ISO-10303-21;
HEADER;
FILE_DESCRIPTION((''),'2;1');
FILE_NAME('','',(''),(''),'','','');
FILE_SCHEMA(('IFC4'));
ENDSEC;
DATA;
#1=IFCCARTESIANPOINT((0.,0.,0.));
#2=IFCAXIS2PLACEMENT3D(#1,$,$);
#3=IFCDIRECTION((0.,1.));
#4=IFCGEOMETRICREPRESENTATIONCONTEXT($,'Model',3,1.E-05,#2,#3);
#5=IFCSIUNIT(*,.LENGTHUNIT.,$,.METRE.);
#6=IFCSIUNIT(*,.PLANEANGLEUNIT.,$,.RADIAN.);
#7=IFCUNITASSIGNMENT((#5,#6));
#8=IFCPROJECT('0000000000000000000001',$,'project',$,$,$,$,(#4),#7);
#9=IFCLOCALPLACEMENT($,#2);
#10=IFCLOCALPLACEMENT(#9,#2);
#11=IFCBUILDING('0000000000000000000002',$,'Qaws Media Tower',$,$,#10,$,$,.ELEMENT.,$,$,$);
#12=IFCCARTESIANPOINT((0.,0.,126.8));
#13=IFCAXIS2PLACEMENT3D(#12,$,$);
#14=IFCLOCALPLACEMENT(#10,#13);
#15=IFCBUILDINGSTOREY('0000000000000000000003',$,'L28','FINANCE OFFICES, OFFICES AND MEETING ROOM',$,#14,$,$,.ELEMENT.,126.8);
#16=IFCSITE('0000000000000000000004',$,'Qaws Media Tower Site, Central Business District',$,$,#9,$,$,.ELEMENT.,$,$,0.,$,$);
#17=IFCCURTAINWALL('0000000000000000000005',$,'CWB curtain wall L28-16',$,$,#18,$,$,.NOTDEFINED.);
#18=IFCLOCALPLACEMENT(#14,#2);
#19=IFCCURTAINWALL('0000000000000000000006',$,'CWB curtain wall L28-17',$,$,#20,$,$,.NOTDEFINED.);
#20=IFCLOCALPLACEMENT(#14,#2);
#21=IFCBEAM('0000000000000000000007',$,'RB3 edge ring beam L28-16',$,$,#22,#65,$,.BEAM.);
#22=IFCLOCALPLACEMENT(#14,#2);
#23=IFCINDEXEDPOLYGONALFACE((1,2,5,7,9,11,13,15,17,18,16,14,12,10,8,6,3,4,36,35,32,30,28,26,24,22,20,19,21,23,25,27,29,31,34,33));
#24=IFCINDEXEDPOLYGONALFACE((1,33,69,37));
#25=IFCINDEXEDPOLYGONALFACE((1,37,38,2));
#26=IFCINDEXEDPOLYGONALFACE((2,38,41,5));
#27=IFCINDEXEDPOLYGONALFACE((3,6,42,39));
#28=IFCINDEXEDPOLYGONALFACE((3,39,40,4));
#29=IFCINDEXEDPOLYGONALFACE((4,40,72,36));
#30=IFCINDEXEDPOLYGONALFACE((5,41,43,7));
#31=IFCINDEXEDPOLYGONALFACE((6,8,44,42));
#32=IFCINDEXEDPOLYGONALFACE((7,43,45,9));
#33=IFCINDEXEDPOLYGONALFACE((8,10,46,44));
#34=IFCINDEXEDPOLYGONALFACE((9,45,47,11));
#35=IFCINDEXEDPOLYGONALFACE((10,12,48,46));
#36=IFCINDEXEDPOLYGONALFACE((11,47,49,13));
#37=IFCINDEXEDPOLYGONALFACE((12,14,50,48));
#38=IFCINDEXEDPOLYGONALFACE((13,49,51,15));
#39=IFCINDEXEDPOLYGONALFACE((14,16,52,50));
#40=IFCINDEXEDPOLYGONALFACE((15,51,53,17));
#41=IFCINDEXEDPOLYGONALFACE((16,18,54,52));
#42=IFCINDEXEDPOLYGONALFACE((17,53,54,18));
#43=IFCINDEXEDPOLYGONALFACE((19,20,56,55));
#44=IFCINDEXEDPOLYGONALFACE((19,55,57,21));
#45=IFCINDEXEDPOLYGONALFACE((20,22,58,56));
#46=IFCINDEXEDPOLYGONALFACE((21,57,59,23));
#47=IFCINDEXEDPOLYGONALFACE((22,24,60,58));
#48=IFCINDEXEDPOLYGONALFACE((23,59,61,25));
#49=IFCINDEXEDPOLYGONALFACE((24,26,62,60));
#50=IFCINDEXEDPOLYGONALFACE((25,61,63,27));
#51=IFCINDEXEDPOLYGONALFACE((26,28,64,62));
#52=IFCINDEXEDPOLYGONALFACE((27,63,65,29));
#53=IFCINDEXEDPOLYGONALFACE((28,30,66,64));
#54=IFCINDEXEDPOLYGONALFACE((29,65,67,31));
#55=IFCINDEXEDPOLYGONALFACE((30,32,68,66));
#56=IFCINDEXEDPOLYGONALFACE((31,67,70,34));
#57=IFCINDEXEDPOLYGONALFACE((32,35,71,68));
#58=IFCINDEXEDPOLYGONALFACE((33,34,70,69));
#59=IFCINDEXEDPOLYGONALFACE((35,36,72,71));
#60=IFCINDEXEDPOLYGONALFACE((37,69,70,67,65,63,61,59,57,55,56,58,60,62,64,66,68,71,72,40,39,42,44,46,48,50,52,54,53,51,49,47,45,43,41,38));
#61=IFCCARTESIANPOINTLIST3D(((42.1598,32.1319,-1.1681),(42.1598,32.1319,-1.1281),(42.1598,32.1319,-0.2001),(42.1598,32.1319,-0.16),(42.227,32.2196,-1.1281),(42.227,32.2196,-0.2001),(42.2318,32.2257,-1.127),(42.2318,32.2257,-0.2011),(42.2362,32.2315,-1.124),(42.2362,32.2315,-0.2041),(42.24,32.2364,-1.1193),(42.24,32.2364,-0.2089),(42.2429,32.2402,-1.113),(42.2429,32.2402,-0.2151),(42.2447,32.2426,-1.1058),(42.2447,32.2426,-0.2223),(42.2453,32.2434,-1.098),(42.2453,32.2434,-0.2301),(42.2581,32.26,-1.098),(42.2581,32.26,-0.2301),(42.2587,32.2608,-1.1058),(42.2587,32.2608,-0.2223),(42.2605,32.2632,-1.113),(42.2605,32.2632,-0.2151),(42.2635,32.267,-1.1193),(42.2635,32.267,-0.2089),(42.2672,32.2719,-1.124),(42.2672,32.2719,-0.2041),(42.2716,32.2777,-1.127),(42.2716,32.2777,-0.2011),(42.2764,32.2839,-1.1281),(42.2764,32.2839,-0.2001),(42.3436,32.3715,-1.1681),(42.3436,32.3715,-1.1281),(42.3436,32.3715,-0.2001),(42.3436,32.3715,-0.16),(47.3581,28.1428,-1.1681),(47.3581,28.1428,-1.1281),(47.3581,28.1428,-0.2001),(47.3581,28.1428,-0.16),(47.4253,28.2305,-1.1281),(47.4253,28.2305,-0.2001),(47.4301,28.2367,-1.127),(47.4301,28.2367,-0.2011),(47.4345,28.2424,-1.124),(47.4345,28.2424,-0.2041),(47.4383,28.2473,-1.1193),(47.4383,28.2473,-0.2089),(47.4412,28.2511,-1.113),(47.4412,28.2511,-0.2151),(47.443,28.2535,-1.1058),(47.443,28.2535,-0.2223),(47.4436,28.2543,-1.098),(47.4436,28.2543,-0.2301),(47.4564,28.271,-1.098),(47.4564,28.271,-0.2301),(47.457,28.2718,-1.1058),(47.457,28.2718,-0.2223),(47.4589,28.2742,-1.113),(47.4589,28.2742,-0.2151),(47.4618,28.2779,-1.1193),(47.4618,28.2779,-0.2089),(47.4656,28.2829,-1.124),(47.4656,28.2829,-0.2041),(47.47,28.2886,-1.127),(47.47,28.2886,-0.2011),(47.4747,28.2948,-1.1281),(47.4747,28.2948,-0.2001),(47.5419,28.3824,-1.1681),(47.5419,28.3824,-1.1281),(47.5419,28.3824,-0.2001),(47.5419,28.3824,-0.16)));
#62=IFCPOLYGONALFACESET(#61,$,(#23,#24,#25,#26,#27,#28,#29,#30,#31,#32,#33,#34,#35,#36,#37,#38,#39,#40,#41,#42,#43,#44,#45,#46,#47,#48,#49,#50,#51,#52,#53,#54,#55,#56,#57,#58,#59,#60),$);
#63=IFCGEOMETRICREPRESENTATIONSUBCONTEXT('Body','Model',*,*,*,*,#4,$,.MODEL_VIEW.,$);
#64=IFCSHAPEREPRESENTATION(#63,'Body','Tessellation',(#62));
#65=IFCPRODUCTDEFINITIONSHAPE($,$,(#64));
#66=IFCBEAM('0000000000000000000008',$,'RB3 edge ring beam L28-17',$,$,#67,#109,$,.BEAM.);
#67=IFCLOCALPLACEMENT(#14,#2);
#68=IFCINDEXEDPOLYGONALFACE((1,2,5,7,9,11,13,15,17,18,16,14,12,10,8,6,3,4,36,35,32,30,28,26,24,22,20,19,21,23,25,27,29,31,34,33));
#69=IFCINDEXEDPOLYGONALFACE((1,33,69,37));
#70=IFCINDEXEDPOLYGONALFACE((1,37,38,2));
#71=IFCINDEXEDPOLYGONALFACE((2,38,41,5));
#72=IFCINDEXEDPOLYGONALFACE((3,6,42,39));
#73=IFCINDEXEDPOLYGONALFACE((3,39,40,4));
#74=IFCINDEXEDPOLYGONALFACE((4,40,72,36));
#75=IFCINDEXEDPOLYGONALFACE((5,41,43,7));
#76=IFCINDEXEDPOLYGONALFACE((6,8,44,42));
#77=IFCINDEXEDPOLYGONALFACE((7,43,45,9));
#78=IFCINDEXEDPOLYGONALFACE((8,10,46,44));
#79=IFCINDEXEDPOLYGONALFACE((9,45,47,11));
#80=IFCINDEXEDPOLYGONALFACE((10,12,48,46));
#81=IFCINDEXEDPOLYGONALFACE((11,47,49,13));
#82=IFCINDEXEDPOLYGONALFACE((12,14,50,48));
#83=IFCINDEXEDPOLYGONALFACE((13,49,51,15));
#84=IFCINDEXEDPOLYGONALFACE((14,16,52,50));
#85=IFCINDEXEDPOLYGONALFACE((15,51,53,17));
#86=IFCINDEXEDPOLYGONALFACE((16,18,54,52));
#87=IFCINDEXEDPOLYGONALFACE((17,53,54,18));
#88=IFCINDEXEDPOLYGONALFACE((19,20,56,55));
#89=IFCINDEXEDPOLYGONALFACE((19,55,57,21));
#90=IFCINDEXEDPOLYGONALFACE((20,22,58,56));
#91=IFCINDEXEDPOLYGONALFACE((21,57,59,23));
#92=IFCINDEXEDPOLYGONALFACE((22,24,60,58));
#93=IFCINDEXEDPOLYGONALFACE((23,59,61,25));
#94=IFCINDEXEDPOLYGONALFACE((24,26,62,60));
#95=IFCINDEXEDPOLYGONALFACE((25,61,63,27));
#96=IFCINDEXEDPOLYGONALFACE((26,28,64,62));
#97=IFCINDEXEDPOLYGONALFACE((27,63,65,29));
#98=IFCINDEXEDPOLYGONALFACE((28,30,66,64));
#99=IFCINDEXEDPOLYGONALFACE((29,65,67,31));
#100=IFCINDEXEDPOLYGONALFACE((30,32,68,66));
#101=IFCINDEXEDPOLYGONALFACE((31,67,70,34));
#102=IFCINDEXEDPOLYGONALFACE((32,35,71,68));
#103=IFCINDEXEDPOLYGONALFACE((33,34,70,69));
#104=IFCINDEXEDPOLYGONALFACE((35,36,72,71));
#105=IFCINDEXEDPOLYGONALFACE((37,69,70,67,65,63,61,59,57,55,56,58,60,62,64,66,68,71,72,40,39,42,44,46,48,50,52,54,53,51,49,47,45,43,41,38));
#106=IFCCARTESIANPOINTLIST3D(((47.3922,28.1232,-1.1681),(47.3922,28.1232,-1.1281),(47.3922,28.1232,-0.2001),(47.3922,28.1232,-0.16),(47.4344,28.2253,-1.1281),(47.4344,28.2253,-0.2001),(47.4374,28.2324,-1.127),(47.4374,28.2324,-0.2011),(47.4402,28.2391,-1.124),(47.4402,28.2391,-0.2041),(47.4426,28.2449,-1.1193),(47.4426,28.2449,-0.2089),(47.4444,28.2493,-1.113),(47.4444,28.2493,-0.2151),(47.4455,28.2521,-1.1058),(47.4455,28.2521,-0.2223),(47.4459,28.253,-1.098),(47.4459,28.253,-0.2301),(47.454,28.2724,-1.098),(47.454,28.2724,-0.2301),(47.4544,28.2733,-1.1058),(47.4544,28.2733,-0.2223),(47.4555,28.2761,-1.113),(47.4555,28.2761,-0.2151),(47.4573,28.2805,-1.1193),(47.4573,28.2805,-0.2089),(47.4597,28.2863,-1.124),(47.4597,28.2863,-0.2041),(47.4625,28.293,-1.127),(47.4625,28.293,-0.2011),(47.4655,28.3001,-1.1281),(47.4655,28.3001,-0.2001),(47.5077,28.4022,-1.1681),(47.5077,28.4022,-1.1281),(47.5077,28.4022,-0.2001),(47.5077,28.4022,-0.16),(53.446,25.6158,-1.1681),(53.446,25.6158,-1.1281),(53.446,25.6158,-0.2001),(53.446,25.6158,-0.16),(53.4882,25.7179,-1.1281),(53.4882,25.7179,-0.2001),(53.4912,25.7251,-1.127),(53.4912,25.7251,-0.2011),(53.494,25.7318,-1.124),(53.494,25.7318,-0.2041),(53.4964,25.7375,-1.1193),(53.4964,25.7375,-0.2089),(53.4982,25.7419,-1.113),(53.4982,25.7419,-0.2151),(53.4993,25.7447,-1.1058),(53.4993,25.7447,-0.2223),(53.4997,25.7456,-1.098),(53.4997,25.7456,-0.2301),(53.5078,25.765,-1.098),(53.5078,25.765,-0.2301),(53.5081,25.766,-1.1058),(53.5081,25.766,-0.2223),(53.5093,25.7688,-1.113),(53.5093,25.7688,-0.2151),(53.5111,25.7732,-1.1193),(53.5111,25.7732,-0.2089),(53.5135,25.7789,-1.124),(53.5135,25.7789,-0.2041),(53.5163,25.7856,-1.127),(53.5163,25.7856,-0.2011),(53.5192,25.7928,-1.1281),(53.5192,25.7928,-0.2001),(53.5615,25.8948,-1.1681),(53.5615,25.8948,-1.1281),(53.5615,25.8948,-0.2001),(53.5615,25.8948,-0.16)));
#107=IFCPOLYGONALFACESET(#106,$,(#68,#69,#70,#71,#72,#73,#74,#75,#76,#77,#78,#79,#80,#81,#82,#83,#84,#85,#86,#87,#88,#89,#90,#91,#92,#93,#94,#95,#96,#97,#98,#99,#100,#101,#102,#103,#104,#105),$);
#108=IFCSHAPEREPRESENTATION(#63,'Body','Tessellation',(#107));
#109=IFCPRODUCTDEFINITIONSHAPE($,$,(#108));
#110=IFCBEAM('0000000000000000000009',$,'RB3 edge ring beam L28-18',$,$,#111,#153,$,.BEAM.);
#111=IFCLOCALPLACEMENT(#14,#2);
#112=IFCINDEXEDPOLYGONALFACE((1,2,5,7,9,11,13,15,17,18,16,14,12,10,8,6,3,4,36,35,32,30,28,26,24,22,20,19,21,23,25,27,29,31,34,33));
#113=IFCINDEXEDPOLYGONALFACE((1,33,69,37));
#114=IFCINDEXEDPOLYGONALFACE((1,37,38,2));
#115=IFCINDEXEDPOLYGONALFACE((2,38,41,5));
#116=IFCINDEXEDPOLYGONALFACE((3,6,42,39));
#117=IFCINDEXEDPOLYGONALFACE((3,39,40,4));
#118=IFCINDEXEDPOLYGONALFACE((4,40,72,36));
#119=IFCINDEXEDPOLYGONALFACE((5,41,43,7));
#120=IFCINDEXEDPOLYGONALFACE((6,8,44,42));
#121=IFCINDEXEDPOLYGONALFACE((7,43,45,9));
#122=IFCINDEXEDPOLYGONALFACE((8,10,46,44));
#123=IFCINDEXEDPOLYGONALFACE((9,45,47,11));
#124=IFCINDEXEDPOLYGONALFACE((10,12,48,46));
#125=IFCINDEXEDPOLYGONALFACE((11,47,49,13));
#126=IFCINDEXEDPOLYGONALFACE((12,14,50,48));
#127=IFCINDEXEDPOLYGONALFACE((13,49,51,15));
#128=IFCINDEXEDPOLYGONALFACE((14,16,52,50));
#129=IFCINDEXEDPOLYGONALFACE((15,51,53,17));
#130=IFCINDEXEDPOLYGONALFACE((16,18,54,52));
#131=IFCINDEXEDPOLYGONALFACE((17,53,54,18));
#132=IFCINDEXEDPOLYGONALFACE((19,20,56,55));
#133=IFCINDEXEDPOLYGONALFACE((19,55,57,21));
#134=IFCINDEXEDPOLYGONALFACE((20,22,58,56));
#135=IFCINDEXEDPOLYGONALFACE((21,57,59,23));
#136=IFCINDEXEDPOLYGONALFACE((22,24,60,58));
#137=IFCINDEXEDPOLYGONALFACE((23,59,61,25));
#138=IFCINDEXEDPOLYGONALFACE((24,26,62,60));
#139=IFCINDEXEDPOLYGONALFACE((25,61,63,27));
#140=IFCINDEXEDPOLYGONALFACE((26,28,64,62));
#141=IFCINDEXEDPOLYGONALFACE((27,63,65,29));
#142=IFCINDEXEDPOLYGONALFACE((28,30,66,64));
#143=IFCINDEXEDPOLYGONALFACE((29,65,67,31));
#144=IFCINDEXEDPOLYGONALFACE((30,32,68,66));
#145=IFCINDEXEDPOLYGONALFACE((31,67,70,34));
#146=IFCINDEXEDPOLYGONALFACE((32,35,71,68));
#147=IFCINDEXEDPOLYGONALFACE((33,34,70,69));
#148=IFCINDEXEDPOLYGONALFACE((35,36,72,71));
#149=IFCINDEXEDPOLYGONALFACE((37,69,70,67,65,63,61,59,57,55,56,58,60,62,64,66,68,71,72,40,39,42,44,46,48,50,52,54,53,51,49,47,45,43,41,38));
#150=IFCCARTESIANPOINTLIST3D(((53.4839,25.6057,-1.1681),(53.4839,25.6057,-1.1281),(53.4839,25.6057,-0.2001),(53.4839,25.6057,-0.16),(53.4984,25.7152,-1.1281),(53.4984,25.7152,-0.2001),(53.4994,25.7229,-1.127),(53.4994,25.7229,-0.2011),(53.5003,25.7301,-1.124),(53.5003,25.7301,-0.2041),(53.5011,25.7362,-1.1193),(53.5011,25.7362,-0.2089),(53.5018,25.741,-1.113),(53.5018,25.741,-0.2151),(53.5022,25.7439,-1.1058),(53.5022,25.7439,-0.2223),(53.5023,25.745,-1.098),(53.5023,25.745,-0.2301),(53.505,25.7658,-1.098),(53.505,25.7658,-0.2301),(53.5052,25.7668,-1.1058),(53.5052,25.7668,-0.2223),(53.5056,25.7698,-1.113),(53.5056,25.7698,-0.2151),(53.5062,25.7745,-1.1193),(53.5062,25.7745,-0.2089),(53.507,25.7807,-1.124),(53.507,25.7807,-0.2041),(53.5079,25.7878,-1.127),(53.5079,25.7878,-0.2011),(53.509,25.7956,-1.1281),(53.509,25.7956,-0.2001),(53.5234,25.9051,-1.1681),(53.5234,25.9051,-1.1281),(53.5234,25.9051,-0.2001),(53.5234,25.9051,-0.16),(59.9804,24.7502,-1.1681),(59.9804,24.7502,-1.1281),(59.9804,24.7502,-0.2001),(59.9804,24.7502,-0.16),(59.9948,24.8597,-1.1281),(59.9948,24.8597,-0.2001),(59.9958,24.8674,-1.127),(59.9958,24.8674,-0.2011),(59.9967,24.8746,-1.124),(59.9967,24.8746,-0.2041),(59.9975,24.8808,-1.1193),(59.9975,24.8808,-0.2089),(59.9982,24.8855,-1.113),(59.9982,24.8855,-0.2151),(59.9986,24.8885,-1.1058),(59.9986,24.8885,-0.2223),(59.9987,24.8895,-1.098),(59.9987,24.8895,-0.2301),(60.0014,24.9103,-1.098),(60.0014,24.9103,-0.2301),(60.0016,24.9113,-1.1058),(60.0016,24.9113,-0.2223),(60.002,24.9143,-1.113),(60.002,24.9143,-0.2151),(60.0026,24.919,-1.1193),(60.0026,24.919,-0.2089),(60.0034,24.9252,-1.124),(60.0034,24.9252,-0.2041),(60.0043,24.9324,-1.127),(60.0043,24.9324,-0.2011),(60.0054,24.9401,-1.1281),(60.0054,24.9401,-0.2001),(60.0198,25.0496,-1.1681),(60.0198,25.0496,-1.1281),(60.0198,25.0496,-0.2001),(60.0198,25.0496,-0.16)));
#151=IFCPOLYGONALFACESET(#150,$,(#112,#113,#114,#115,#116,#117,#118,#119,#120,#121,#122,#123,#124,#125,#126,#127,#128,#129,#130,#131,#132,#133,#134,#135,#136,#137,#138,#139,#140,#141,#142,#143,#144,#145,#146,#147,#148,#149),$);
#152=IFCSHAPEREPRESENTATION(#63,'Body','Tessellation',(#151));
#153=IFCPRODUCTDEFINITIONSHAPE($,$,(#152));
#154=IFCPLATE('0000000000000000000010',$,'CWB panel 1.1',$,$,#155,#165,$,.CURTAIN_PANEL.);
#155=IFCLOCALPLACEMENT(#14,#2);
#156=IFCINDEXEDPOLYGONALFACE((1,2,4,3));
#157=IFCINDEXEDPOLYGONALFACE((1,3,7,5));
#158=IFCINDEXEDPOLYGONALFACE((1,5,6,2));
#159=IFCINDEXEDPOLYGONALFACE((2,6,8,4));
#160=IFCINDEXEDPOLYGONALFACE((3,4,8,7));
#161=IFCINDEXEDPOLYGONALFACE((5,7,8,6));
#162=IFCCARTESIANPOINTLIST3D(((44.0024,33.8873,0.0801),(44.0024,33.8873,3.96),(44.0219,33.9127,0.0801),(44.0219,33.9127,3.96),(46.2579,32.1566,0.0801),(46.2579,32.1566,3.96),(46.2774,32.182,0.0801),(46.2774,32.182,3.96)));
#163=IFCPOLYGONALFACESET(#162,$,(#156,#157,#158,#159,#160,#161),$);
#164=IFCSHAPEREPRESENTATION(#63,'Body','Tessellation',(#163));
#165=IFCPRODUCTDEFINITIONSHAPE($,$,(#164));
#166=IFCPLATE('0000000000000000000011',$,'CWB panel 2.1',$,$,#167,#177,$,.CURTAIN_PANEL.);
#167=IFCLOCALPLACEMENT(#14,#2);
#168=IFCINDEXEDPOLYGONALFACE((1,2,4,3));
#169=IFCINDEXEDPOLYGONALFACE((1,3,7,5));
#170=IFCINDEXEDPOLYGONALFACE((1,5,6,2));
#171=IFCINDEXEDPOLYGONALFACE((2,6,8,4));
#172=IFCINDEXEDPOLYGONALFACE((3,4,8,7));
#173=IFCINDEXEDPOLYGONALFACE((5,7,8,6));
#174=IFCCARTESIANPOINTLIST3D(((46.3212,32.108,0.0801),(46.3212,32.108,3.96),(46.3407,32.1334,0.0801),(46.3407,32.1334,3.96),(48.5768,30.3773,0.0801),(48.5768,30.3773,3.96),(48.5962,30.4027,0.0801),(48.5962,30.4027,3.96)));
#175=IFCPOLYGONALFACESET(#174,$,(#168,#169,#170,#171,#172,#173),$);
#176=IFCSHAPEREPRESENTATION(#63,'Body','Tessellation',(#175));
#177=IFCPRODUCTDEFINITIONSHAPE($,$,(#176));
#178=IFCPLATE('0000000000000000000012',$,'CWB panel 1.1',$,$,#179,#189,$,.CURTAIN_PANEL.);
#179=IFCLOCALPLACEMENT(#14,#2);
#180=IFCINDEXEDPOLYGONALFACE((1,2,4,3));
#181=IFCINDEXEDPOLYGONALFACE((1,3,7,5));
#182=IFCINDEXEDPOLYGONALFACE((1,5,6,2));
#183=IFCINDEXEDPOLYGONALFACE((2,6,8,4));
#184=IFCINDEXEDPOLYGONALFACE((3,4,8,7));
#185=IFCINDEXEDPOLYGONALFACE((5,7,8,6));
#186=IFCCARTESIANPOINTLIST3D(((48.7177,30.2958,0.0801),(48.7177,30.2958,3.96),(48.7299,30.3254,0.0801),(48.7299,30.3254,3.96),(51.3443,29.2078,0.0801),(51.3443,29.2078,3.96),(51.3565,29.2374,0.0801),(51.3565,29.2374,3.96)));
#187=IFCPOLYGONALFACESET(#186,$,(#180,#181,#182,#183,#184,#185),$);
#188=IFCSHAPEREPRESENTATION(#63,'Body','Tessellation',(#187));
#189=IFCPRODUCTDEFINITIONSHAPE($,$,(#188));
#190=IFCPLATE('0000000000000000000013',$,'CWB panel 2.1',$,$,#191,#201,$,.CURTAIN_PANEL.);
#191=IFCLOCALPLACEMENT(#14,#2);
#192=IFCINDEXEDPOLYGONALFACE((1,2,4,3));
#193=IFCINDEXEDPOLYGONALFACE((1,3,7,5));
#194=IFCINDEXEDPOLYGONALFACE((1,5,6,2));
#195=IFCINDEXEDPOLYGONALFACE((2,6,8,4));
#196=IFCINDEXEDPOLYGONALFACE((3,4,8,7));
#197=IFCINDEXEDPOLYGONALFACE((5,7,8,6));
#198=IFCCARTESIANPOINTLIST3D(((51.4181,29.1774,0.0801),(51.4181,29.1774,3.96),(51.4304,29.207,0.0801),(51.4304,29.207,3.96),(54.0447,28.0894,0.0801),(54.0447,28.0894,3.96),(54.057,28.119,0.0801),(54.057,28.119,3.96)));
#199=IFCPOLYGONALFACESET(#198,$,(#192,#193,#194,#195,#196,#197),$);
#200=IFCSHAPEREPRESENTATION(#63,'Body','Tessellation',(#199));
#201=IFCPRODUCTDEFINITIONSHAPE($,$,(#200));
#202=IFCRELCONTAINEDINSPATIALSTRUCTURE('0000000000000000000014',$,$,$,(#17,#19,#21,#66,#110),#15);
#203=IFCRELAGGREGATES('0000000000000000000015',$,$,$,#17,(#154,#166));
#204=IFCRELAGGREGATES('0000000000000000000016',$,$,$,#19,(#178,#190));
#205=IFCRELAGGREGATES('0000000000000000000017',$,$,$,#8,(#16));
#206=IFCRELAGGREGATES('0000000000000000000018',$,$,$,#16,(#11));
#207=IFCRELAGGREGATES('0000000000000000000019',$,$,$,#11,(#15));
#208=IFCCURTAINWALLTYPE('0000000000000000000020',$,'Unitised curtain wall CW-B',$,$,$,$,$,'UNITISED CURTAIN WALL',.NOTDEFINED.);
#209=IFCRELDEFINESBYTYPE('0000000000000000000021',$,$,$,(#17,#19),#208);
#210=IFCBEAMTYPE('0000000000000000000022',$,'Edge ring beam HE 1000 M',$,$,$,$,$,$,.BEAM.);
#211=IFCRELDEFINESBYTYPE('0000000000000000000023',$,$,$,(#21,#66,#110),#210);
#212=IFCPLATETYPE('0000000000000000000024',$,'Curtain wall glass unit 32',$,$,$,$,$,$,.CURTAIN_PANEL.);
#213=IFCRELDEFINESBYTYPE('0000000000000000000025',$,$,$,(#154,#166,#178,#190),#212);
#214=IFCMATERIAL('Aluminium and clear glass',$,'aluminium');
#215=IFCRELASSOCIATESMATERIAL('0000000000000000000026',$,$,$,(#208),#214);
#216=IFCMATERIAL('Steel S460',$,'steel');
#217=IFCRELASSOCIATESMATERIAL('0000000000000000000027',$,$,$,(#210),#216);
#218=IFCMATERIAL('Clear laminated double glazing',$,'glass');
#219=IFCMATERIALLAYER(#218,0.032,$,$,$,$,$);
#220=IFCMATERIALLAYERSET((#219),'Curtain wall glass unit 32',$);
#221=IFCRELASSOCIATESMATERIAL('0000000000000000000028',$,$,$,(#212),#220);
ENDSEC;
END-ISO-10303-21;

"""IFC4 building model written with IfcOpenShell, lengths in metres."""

from ifc_helpers import new_model, si_unit, direction, frame, origin, origin_2d, place, context, subcontext, project, spatial, rectangle, i_section, extrude, material, layer, layer_set, material_profile, profile_set, type_object, element, aggregate, save


model = new_model("IFC4")

# Units and contexts
model_context = context("Model", 3, precision=1e-05, world=origin(), true_north=direction((0.0, 1.0)))
body_context = subcontext(model_context, "Body", "Model", "MODEL_VIEW")
ifc_project = project(units=[si_unit("LENGTHUNIT", "METRE"), si_unit("PLANEANGLEUNIT", "RADIAN")], contexts=[model_context])

# Site, building, storey
site_placement = place(None, origin())
site = spatial("IfcSite", under=ifc_project, at=site_placement, Name="Qaws Media Tower Site, Central Business District", CompositionType="ELEMENT", RefElevation=0.0)
building_placement = place(site_placement, origin())
building = spatial("IfcBuilding", under=site, at=building_placement, Name="Qaws Media Tower", CompositionType="ELEMENT")
storey_placement = place(building_placement, frame((0.0, 0.0, 126.8)))
storey = spatial("IfcBuildingStorey", under=building, at=storey_placement, Name="L28", Description="FINANCE OFFICES, OFFICES AND MEETING ROOM", CompositionType="ELEMENT", Elevation=126.8)

# Curtain walls
ifc_material_1 = material(Name="Aluminium and clear glass", Category="aluminium")
curtain_wall_type = type_object("IfcCurtainWallType", Name="Unitised curtain wall CW-B", ElementType="UNITISED CURTAIN WALL", PredefinedType="NOTDEFINED", material=ifc_material_1)
curtain_wall_1_placement = place(storey_placement, origin())
curtain_wall_1 = element("IfcCurtainWall", 1, at=curtain_wall_1_placement, inside=storey, type_object=curtain_wall_type, Name="CWB curtain wall L28-16", PredefinedType="NOTDEFINED")
curtain_wall_2_placement = place(storey_placement, origin())
curtain_wall_2 = element("IfcCurtainWall", 2, at=curtain_wall_2_placement, inside=storey, type_object=curtain_wall_type, Name="CWB curtain wall L28-17", PredefinedType="NOTDEFINED")

# Beams
ifc_material_2 = material(Name="Steel S460", Category="steel")
ifc_material_profile_1 = material_profile(ifc_material_2, i_section(OverallWidth=0.302, OverallDepth=1.0081, WebThickness=0.021, FlangeThickness=0.04, FilletRadius=0.03, at=origin_2d()), Name="HE 1000 M")
ifc_profile_set_1 = profile_set([ifc_material_profile_1], Name="Steel S460")
beam_type = type_object("IfcBeamType", Name="Edge ring beam HE 1000 M", PredefinedType="BEAM", material=ifc_profile_set_1)
for number, where, z_axis, x_axis, name in (
    (3, (42.2517, 32.2517, -0.6641), (0.793334, -0.608787, 0.0), (0.608787, 0.793334, 0.0), "RB3 edge ring beam L28-16"),
    (4, (47.45, 28.2627, -0.6641), (0.923891, -0.382657, 0.0), (0.382657, 0.923891, 0.0), "RB3 edge ring beam L28-17"),
    (5, (53.5037, 25.7554, -0.6641), (0.991441, -0.130558, 0.0), (0.130558, 0.991441, 0.0), "RB3 edge ring beam L28-18"),
):
    element("IfcBeam", number, at=place(storey_placement, frame(where, z_axis=z_axis, x_axis=x_axis)), inside=storey, type_object=beam_type, Name=name, PredefinedType="BEAM", context=body_context, shape_type="SweptSolid", body=[
        extrude(i_section(OverallWidth=0.302, OverallDepth=1.0081, WebThickness=0.021, FlangeThickness=0.04, FilletRadius=0.03, at=origin_2d()), origin(), (0.0, 0.0, 1.0), 6.5525),
    ])

# Plates
ifc_material_3 = material(Name="Clear laminated double glazing", Category="glass")
ifc_layer_1 = layer(ifc_material_3, 0.032)
ifc_layer_set_1 = layer_set([ifc_layer_1], Name="Curtain wall glass unit 32")
plate_type_1 = type_object("IfcPlateType", Name="Curtain wall glass unit 32", PredefinedType="CURTAIN_PANEL", material=ifc_layer_set_1)
plate_1_placement = place(storey_placement, frame((45.1399, 33.0347, 0.0801), z_axis=(0.0, 0.0, 1.0), x_axis=(0.793353, -0.608761, 0.0)))
plate_1 = element("IfcPlate", 6, at=plate_1_placement, type_object=plate_type_1, Name="CWB panel 1.1", PredefinedType="CURTAIN_PANEL", context=body_context, shape_type="SweptSolid", body=[
    extrude(rectangle(XDim=2.843, YDim=0.032, at=origin_2d()), origin(), (0.0, 0.0, 1.0), 3.8799),
])
plate_2_placement = place(storey_placement, frame((47.4587, 31.2554, 0.0801), z_axis=(0.0, 0.0, 1.0), x_axis=(0.793353, -0.608761, 0.0)))
plate_2 = element("IfcPlate", 7, at=plate_2_placement, type_object=plate_type_1, Name="CWB panel 2.1", PredefinedType="CURTAIN_PANEL", context=body_context, shape_type="SweptSolid", body=[
    extrude(rectangle(XDim=2.843, YDim=0.032, at=origin_2d()), origin(), (0.0, 0.0, 1.0), 3.8799),
])
aggregate(curtain_wall_1, [plate_1, plate_2])
plate_3_placement = place(storey_placement, frame((50.0371, 29.7666, 0.0801), z_axis=(0.0, 0.0, 1.0), x_axis=(0.92388, -0.382683, 0.0)))
plate_3 = element("IfcPlate", 8, at=plate_3_placement, type_object=plate_type_1, Name="CWB panel 1.1", PredefinedType="CURTAIN_PANEL", context=body_context, shape_type="SweptSolid", body=[
    extrude(rectangle(XDim=2.843, YDim=0.032, at=origin_2d()), origin(), (0.0, 0.0, 1.0), 3.8799),
])
plate_4_placement = place(storey_placement, frame((52.7375, 28.6482, 0.0801), z_axis=(0.0, 0.0, 1.0), x_axis=(0.92388, -0.382683, 0.0)))
plate_4 = element("IfcPlate", 9, at=plate_4_placement, type_object=plate_type_1, Name="CWB panel 2.1", PredefinedType="CURTAIN_PANEL", context=body_context, shape_type="SweptSolid", body=[
    extrude(rectangle(XDim=2.843, YDim=0.032, at=origin_2d()), origin(), (0.0, 0.0, 1.0), 3.8799),
])
aggregate(curtain_wall_2, [plate_3, plate_4])

save(model, "model.ifc")
